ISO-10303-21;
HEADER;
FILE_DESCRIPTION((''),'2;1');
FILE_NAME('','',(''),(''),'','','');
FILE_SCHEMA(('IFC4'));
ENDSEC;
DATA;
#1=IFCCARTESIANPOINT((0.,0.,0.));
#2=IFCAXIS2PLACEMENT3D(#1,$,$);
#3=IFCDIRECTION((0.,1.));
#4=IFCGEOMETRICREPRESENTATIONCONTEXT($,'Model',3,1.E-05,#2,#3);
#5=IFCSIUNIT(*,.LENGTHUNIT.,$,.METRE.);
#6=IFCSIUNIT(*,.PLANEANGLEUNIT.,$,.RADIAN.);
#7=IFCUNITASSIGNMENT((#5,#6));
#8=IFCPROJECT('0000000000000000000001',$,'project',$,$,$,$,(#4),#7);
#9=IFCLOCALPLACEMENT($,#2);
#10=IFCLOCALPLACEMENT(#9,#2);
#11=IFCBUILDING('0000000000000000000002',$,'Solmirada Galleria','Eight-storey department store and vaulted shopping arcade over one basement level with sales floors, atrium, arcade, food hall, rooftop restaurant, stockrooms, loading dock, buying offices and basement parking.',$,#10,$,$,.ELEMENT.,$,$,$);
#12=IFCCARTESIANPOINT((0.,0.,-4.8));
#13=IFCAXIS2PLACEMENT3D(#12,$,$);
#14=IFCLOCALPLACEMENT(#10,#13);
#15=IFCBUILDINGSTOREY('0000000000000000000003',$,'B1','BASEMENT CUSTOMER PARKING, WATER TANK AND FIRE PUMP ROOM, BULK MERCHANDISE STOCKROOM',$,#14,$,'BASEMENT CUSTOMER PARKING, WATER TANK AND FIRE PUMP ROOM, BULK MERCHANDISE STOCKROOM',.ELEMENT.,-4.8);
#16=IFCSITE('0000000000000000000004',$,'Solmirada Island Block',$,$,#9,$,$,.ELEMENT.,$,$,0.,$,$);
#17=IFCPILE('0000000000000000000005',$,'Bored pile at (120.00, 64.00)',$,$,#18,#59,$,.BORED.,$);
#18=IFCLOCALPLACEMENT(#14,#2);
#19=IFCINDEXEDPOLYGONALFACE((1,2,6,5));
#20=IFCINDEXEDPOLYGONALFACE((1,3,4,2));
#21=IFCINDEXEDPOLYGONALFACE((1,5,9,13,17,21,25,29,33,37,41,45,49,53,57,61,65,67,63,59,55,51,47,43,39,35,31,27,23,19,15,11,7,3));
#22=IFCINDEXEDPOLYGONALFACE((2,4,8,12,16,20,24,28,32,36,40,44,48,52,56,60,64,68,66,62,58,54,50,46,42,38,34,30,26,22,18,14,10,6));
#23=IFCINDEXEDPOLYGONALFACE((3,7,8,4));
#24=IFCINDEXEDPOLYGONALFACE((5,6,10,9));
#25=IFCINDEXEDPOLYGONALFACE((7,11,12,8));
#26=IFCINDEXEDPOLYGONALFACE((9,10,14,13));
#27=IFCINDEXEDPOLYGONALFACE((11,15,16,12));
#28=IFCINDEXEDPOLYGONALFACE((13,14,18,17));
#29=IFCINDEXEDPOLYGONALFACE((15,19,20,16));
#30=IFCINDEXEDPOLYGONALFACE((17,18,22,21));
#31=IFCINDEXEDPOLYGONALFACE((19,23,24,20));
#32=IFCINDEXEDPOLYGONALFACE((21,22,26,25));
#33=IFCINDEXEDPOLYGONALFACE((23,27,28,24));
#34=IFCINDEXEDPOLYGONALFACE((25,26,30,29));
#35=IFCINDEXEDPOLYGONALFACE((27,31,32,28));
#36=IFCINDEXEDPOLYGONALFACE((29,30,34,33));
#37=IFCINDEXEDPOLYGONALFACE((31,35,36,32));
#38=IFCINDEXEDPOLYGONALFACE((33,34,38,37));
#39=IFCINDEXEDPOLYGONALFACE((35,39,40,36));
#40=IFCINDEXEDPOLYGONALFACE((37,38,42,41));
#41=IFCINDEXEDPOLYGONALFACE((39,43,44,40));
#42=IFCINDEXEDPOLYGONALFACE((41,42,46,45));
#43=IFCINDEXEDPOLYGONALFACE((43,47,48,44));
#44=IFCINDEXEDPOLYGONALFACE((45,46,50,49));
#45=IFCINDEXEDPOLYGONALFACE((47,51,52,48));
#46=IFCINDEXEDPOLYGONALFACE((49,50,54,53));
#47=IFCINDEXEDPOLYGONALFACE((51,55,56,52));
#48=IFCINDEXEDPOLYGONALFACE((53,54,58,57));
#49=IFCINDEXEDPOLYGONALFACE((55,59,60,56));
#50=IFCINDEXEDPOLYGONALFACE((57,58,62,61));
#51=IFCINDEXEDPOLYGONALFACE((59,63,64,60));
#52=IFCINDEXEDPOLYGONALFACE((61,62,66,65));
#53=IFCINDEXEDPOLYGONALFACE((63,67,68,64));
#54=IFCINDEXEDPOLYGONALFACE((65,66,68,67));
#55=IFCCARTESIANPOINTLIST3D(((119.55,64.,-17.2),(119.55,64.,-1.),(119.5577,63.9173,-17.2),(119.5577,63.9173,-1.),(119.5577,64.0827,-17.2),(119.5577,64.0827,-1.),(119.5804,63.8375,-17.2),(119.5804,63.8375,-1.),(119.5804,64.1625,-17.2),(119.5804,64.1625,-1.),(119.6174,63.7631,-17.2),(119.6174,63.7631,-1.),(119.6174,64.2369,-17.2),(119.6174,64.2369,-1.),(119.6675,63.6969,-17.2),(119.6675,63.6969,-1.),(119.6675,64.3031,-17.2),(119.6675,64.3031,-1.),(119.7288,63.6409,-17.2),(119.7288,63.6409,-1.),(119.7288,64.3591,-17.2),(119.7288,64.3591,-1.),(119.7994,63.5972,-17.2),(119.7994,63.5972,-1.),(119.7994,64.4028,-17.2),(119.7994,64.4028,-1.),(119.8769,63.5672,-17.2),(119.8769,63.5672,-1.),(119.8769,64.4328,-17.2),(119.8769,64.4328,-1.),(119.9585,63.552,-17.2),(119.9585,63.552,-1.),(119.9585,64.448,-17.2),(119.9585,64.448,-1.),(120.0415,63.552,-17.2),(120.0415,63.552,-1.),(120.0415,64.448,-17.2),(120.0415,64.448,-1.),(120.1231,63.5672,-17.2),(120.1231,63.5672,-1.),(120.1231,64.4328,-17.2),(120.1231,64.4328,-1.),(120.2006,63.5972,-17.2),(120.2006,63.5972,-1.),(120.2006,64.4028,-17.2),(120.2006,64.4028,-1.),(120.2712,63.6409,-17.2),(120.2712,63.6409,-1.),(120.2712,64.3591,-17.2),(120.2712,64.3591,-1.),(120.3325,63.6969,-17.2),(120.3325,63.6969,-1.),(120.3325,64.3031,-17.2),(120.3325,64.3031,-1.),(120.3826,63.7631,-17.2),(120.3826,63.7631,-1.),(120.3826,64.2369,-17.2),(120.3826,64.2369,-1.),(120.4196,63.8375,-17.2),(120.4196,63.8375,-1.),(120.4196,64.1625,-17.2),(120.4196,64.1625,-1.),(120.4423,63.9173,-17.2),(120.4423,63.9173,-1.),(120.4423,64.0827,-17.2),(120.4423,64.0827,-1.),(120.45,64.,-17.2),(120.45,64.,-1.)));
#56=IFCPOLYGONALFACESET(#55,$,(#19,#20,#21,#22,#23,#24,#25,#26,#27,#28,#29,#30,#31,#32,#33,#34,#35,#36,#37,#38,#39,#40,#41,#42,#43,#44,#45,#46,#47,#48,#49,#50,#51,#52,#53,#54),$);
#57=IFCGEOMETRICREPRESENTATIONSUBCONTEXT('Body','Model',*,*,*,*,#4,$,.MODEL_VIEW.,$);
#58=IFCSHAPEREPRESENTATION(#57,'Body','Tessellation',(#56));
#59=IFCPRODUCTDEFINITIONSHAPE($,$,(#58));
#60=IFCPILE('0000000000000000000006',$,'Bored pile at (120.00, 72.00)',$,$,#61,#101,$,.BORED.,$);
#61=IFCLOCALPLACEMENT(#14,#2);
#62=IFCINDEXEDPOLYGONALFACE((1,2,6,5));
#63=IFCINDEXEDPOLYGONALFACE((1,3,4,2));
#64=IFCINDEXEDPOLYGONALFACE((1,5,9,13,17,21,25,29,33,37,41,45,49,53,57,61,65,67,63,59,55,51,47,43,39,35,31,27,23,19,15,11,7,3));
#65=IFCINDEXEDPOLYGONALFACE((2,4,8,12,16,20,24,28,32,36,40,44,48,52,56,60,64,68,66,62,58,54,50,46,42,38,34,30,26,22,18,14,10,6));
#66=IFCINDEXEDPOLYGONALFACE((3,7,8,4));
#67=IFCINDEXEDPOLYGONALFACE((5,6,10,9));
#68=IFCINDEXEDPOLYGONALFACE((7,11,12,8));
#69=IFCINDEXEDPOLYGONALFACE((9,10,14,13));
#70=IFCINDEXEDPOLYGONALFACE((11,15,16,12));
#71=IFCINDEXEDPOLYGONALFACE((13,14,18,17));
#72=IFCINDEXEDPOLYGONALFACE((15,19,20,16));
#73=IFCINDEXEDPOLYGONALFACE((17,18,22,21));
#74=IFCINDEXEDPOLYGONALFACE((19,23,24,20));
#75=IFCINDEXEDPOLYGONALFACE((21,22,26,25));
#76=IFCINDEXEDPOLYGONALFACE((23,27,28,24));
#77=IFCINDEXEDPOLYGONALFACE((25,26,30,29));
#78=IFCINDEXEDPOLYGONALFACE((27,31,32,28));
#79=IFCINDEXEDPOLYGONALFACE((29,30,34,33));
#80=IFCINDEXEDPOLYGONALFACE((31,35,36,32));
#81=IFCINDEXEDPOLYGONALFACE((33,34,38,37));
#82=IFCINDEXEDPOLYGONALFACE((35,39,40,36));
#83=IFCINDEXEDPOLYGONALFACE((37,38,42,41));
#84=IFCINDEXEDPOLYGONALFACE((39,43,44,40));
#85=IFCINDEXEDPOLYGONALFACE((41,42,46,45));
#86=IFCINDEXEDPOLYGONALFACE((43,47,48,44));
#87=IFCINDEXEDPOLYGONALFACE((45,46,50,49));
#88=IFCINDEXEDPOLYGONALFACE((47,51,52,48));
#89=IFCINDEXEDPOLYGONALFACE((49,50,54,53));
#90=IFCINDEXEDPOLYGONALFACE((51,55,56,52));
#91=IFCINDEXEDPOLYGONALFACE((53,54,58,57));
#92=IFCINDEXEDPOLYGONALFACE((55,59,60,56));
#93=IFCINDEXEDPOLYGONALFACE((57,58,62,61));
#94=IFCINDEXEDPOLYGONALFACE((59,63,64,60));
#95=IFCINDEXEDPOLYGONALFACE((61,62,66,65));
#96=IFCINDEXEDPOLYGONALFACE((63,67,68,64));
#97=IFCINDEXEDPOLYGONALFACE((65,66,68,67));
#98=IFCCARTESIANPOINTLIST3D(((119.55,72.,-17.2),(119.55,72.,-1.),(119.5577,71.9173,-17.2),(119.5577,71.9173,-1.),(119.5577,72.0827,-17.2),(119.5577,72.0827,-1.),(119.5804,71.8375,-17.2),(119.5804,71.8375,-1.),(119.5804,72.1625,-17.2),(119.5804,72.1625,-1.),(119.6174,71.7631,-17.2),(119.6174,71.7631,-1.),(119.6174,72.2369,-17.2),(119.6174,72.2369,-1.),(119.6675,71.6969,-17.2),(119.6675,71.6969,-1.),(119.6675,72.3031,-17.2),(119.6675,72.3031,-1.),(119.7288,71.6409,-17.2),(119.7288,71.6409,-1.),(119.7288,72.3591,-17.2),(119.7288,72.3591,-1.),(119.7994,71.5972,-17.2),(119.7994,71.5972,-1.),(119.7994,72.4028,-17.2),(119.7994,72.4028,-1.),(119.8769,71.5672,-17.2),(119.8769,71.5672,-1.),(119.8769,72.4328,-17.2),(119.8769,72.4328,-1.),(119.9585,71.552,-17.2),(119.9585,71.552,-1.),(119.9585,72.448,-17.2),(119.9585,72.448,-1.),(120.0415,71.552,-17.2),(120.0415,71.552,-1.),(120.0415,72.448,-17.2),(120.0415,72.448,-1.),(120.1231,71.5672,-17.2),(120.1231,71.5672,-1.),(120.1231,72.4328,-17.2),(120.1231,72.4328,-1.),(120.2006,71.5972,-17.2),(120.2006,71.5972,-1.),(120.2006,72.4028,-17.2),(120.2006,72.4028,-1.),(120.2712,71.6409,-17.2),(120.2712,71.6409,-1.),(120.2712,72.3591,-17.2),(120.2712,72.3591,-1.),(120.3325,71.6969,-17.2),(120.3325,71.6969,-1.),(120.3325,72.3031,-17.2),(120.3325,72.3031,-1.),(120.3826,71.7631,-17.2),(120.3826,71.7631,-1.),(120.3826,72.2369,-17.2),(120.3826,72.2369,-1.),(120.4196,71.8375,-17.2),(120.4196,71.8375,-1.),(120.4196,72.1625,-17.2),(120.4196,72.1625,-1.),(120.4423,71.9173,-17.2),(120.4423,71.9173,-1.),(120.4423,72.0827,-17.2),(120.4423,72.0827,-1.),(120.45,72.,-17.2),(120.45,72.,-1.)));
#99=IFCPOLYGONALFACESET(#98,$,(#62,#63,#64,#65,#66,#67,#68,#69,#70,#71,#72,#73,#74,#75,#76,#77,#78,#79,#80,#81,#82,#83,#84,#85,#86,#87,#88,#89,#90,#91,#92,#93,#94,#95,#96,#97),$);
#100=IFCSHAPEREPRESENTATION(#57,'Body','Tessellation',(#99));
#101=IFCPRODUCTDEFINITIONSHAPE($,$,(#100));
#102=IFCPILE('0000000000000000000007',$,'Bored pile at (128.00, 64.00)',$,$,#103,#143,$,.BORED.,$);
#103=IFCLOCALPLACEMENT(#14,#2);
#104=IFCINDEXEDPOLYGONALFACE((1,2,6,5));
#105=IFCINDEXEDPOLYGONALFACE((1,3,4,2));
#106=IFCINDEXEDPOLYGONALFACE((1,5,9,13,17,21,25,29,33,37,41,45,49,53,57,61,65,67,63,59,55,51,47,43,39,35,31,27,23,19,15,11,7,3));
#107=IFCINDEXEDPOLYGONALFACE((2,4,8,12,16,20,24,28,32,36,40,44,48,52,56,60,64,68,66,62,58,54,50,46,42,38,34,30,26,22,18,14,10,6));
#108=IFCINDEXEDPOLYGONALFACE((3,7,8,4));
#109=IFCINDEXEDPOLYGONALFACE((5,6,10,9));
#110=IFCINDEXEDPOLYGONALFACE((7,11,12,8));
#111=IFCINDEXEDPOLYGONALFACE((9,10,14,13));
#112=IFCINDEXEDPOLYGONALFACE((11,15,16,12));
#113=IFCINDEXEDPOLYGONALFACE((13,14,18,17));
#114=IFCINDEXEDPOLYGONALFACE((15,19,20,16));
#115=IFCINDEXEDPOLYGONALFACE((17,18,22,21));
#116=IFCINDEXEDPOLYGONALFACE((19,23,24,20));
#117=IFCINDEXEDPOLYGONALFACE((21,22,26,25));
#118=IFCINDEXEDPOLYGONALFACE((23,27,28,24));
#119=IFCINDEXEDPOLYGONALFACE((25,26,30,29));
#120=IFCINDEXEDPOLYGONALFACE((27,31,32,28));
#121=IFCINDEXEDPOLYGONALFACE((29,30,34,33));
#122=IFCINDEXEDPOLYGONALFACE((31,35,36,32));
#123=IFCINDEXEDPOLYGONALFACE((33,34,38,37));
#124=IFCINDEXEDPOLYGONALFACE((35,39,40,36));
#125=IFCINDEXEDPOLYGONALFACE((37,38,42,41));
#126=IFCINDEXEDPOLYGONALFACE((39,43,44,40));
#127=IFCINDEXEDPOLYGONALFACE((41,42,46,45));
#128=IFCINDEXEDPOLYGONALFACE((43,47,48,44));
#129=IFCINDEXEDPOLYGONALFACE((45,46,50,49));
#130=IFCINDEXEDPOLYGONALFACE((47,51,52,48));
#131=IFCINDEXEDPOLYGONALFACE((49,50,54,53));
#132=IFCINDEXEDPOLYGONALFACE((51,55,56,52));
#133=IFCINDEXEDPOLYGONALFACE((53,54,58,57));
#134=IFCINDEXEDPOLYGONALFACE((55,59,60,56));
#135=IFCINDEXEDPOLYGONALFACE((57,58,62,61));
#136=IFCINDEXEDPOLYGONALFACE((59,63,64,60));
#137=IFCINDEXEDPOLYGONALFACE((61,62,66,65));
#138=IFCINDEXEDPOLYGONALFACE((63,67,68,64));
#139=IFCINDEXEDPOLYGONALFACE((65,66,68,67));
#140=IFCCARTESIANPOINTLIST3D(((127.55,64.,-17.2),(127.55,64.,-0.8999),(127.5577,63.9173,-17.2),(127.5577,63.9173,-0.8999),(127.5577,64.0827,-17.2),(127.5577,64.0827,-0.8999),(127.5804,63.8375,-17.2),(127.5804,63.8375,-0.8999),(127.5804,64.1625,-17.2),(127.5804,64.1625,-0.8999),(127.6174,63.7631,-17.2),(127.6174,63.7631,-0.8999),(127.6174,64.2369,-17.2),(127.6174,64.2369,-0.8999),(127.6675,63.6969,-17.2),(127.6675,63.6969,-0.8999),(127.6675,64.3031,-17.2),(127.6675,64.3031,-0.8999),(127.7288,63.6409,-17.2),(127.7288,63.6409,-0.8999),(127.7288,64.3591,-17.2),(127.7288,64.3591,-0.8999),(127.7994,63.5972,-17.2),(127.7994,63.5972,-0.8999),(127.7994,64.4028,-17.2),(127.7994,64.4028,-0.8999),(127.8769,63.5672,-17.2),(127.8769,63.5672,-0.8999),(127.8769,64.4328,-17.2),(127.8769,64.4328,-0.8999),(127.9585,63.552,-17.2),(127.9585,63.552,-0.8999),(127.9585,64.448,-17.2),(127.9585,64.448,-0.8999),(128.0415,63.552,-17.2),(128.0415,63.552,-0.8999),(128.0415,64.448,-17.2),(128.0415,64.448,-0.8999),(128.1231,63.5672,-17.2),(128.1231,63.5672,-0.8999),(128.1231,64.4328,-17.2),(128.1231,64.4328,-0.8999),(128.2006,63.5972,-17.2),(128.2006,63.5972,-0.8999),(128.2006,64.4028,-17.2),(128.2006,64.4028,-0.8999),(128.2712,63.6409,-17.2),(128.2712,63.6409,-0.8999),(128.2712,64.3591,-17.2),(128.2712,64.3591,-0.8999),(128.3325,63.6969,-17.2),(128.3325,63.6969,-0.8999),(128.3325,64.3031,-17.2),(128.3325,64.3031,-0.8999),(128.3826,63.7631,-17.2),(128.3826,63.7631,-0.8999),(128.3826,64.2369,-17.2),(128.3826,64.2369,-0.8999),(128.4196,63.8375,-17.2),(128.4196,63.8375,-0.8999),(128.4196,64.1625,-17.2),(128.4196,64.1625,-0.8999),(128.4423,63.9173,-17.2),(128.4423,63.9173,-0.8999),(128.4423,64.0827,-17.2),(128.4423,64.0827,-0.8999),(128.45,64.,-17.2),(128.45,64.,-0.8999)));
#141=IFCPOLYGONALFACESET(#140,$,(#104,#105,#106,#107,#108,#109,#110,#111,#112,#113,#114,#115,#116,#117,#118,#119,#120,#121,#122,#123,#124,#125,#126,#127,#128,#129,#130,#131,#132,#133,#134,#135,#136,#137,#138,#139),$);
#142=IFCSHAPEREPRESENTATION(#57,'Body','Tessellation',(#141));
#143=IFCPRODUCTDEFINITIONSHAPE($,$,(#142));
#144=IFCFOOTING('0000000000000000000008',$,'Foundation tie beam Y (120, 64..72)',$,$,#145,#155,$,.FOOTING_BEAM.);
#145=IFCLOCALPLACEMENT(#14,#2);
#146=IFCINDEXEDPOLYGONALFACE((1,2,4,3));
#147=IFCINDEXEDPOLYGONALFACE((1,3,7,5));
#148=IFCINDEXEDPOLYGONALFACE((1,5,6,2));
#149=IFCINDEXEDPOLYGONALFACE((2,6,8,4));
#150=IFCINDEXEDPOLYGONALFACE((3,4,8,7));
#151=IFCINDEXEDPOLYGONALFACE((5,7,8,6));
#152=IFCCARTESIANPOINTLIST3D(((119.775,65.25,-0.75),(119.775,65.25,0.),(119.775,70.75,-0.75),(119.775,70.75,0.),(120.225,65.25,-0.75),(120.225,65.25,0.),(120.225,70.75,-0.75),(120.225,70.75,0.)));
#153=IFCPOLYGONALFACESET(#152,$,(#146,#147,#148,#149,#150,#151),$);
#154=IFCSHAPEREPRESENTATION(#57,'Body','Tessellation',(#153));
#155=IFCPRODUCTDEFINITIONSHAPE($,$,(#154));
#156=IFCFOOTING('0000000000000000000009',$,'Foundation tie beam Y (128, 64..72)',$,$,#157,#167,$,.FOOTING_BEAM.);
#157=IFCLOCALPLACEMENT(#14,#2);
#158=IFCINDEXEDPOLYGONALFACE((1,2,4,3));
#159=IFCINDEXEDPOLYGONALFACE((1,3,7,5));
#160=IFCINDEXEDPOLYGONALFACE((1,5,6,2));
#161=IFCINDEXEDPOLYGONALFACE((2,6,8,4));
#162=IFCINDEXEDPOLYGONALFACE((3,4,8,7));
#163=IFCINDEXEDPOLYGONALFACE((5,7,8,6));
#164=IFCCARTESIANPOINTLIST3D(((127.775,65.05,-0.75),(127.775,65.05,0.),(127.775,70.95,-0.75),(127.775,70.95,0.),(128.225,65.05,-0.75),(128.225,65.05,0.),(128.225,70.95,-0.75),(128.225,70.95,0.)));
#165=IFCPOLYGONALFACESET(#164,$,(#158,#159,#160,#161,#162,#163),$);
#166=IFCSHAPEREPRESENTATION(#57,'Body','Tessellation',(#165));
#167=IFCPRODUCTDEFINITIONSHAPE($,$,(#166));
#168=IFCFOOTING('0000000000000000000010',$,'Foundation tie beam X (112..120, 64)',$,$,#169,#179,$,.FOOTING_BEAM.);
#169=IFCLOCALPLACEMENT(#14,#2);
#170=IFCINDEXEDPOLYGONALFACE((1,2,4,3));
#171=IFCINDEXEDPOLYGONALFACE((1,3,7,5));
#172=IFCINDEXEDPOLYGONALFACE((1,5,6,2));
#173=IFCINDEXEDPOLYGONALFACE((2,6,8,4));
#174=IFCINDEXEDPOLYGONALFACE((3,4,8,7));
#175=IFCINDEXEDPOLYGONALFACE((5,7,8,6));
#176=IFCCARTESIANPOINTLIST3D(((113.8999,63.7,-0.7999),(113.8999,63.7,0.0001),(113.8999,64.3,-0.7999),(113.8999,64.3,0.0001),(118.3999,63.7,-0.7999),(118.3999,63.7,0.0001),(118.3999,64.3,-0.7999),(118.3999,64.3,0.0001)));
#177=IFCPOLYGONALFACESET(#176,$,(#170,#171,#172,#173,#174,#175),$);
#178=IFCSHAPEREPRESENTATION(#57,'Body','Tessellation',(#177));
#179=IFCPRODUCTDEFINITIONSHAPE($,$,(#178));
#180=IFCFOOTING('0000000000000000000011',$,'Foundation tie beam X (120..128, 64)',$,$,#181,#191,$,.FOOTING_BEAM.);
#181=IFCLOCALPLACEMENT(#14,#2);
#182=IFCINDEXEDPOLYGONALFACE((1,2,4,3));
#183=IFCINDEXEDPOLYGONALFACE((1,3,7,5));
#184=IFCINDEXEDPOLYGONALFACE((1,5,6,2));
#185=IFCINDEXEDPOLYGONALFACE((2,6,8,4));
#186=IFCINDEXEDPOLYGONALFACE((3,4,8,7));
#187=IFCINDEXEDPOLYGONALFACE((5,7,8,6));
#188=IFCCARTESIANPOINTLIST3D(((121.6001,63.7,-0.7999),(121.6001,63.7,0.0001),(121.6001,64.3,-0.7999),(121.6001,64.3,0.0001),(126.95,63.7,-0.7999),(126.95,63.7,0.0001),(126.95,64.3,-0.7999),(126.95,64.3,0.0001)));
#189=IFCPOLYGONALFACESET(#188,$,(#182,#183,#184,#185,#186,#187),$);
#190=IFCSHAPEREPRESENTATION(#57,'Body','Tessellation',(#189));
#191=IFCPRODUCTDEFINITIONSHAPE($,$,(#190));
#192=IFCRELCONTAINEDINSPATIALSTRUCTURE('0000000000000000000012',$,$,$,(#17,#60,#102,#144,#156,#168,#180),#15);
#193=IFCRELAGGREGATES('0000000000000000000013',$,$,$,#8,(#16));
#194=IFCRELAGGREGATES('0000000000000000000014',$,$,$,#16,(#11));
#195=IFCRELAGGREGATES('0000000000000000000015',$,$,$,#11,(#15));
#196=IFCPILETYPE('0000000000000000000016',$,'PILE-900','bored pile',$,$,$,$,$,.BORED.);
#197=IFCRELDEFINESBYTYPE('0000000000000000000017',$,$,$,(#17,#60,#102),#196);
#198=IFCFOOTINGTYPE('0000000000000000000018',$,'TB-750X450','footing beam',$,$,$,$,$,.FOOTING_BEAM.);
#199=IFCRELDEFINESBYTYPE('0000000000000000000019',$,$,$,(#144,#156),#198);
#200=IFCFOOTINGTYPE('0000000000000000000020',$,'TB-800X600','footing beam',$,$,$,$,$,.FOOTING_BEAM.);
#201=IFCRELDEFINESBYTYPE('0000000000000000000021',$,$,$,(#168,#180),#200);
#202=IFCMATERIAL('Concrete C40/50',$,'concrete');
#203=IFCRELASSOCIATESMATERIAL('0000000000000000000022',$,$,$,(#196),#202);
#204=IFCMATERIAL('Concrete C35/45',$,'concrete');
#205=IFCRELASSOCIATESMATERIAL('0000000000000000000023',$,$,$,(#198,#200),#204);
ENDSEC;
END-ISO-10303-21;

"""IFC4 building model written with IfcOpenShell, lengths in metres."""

from ifc_helpers import new_model, si_unit, direction, frame, origin, origin_2d, place, context, subcontext, project, spatial, rectangle, circle, extrude, material, material_profile, profile_set, type_object, element, save


model = new_model("IFC4")

# Units and contexts
model_context = context("Model", 3, precision=1e-05, world=origin(), true_north=direction((0.0, 1.0)))
body_context = subcontext(model_context, "Body", "Model", "MODEL_VIEW")
ifc_project = project(units=[si_unit("LENGTHUNIT", "METRE"), si_unit("PLANEANGLEUNIT", "RADIAN")], contexts=[model_context])

# Site, building, storey
site_placement = place(None, origin())
site = spatial("IfcSite", under=ifc_project, at=site_placement, Name="Solmirada Island Block", CompositionType="ELEMENT", RefElevation=0.0)
building_placement = place(site_placement, origin())
building = spatial("IfcBuilding", under=site, at=building_placement, Name="Solmirada Galleria", Description="Eight-storey department store and vaulted shopping arcade over one basement level with sales floors, atrium, arcade, food hall, rooftop restaurant, stockrooms, loading dock, buying offices and basement parking.", CompositionType="ELEMENT")
storey_placement = place(building_placement, frame((0.0, 0.0, -4.8)))
storey = spatial("IfcBuildingStorey", under=building, at=storey_placement, Name="B1", Description="BASEMENT CUSTOMER PARKING, WATER TANK AND FIRE PUMP ROOM, BULK MERCHANDISE STOCKROOM", LongName="BASEMENT CUSTOMER PARKING, WATER TANK AND FIRE PUMP ROOM, BULK MERCHANDISE STOCKROOM", CompositionType="ELEMENT", Elevation=-4.8)

# Shared definitions
ifc_material_1 = material(Name="Concrete C35/45", Category="concrete")

# Piles
ifc_material_2 = material(Name="Concrete C40/50", Category="concrete")
ifc_material_profile_1 = material_profile(ifc_material_2, circle(Radius=0.45, at=origin_2d()), Name="PILE900")
ifc_profile_set_1 = profile_set([ifc_material_profile_1], Name="Concrete C40/50")
pile_type = type_object("IfcPileType", Name="PILE-900", Description="bored pile", PredefinedType="BORED", material=ifc_profile_set_1)
for number, where, z_axis, x_axis, name in (
    (1, (120.0, 64.0, -1.0), (0.0, 0.0, -1.0), (1.0, 0.0, 0.0), "Bored pile at (120.00, 64.00)"),
    (2, (120.0, 72.0, -1.0), (0.0, 0.0, -1.0), (1.0, 0.0, 0.0), "Bored pile at (120.00, 72.00)"),
):
    element("IfcPile", number, at=place(storey_placement, frame(where, z_axis=z_axis, x_axis=x_axis)), inside=storey, type_object=pile_type, Name=name, PredefinedType="BORED", context=body_context, shape_type="SweptSolid", body=[
        extrude(circle(Radius=0.45, at=origin_2d()), origin(), (0.0, 0.0, 1.0), 16.2),
    ])
pile_1_placement = place(storey_placement, frame((128.0, 64.0, -0.8999), z_axis=(0.0, 0.0, -1.0), x_axis=(1.0, 0.0, 0.0)))
element("IfcPile", 3, at=pile_1_placement, inside=storey, type_object=pile_type, Name="Bored pile at (128.00, 64.00)", PredefinedType="BORED", context=body_context, shape_type="SweptSolid", body=[
    extrude(circle(Radius=0.45, at=origin_2d()), origin(), (0.0, 0.0, 1.0), 16.3),
])

# Footings
ifc_material_profile_2 = material_profile(ifc_material_1, rectangle(XDim=0.45, YDim=0.75, at=origin_2d()), Name="RC750X450")
ifc_profile_set_2 = profile_set([ifc_material_profile_2], Name="Concrete C35/45")
footing_type_1 = type_object("IfcFootingType", Name="TB-750X450", Description="footing beam", PredefinedType="FOOTING_BEAM", material=ifc_profile_set_2)
footing_1_placement = place(storey_placement, frame((120.0, 65.25, -0.375), z_axis=(0.0, 1.0, 0.0), x_axis=(-1.0, 0.0, 0.0)))
element("IfcFooting", 4, at=footing_1_placement, inside=storey, type_object=footing_type_1, Name="Foundation tie beam Y (120, 64..72)", PredefinedType="FOOTING_BEAM", context=body_context, shape_type="SweptSolid", body=[
    extrude(rectangle(XDim=0.45, YDim=0.75, at=origin_2d()), origin(), (0.0, 0.0, 1.0), 5.5),
])
footing_2_placement = place(storey_placement, frame((128.0, 65.05, -0.375), z_axis=(0.0, 1.0, 0.0), x_axis=(-1.0, 0.0, 0.0)))
element("IfcFooting", 5, at=footing_2_placement, inside=storey, type_object=footing_type_1, Name="Foundation tie beam Y (128, 64..72)", PredefinedType="FOOTING_BEAM", context=body_context, shape_type="SweptSolid", body=[
    extrude(rectangle(XDim=0.45, YDim=0.75, at=origin_2d()), origin(), (0.0, 0.0, 1.0), 5.8999),
])
ifc_material_profile_3 = material_profile(ifc_material_1, rectangle(XDim=0.6001, YDim=0.8, at=origin_2d()), Name="RC800X600")
ifc_profile_set_3 = profile_set([ifc_material_profile_3], Name="Concrete C35/45")
footing_type_2 = type_object("IfcFootingType", Name="TB-800X600", Description="footing beam", PredefinedType="FOOTING_BEAM", material=ifc_profile_set_3)
footing_3_placement = place(storey_placement, frame((113.8999, 64.0, -0.3999), z_axis=(1.0, 0.0, 0.0), x_axis=(0.0, 1.0, 0.0)))
element("IfcFooting", 6, at=footing_3_placement, inside=storey, type_object=footing_type_2, Name="Foundation tie beam X (112..120, 64)", PredefinedType="FOOTING_BEAM", context=body_context, shape_type="SweptSolid", body=[
    extrude(rectangle(XDim=0.6001, YDim=0.8, at=origin_2d()), origin(), (0.0, 0.0, 1.0), 4.5),
])
footing_4_placement = place(storey_placement, frame((121.6001, 64.0, -0.3999), z_axis=(1.0, 0.0, 0.0), x_axis=(0.0, 1.0, 0.0)))
element("IfcFooting", 7, at=footing_4_placement, inside=storey, type_object=footing_type_2, Name="Foundation tie beam X (120..128, 64)", PredefinedType="FOOTING_BEAM", context=body_context, shape_type="SweptSolid", body=[
    extrude(rectangle(XDim=0.6001, YDim=0.8, at=origin_2d()), origin(), (0.0, 0.0, 1.0), 5.3499),
])

save(model, "model.ifc")
